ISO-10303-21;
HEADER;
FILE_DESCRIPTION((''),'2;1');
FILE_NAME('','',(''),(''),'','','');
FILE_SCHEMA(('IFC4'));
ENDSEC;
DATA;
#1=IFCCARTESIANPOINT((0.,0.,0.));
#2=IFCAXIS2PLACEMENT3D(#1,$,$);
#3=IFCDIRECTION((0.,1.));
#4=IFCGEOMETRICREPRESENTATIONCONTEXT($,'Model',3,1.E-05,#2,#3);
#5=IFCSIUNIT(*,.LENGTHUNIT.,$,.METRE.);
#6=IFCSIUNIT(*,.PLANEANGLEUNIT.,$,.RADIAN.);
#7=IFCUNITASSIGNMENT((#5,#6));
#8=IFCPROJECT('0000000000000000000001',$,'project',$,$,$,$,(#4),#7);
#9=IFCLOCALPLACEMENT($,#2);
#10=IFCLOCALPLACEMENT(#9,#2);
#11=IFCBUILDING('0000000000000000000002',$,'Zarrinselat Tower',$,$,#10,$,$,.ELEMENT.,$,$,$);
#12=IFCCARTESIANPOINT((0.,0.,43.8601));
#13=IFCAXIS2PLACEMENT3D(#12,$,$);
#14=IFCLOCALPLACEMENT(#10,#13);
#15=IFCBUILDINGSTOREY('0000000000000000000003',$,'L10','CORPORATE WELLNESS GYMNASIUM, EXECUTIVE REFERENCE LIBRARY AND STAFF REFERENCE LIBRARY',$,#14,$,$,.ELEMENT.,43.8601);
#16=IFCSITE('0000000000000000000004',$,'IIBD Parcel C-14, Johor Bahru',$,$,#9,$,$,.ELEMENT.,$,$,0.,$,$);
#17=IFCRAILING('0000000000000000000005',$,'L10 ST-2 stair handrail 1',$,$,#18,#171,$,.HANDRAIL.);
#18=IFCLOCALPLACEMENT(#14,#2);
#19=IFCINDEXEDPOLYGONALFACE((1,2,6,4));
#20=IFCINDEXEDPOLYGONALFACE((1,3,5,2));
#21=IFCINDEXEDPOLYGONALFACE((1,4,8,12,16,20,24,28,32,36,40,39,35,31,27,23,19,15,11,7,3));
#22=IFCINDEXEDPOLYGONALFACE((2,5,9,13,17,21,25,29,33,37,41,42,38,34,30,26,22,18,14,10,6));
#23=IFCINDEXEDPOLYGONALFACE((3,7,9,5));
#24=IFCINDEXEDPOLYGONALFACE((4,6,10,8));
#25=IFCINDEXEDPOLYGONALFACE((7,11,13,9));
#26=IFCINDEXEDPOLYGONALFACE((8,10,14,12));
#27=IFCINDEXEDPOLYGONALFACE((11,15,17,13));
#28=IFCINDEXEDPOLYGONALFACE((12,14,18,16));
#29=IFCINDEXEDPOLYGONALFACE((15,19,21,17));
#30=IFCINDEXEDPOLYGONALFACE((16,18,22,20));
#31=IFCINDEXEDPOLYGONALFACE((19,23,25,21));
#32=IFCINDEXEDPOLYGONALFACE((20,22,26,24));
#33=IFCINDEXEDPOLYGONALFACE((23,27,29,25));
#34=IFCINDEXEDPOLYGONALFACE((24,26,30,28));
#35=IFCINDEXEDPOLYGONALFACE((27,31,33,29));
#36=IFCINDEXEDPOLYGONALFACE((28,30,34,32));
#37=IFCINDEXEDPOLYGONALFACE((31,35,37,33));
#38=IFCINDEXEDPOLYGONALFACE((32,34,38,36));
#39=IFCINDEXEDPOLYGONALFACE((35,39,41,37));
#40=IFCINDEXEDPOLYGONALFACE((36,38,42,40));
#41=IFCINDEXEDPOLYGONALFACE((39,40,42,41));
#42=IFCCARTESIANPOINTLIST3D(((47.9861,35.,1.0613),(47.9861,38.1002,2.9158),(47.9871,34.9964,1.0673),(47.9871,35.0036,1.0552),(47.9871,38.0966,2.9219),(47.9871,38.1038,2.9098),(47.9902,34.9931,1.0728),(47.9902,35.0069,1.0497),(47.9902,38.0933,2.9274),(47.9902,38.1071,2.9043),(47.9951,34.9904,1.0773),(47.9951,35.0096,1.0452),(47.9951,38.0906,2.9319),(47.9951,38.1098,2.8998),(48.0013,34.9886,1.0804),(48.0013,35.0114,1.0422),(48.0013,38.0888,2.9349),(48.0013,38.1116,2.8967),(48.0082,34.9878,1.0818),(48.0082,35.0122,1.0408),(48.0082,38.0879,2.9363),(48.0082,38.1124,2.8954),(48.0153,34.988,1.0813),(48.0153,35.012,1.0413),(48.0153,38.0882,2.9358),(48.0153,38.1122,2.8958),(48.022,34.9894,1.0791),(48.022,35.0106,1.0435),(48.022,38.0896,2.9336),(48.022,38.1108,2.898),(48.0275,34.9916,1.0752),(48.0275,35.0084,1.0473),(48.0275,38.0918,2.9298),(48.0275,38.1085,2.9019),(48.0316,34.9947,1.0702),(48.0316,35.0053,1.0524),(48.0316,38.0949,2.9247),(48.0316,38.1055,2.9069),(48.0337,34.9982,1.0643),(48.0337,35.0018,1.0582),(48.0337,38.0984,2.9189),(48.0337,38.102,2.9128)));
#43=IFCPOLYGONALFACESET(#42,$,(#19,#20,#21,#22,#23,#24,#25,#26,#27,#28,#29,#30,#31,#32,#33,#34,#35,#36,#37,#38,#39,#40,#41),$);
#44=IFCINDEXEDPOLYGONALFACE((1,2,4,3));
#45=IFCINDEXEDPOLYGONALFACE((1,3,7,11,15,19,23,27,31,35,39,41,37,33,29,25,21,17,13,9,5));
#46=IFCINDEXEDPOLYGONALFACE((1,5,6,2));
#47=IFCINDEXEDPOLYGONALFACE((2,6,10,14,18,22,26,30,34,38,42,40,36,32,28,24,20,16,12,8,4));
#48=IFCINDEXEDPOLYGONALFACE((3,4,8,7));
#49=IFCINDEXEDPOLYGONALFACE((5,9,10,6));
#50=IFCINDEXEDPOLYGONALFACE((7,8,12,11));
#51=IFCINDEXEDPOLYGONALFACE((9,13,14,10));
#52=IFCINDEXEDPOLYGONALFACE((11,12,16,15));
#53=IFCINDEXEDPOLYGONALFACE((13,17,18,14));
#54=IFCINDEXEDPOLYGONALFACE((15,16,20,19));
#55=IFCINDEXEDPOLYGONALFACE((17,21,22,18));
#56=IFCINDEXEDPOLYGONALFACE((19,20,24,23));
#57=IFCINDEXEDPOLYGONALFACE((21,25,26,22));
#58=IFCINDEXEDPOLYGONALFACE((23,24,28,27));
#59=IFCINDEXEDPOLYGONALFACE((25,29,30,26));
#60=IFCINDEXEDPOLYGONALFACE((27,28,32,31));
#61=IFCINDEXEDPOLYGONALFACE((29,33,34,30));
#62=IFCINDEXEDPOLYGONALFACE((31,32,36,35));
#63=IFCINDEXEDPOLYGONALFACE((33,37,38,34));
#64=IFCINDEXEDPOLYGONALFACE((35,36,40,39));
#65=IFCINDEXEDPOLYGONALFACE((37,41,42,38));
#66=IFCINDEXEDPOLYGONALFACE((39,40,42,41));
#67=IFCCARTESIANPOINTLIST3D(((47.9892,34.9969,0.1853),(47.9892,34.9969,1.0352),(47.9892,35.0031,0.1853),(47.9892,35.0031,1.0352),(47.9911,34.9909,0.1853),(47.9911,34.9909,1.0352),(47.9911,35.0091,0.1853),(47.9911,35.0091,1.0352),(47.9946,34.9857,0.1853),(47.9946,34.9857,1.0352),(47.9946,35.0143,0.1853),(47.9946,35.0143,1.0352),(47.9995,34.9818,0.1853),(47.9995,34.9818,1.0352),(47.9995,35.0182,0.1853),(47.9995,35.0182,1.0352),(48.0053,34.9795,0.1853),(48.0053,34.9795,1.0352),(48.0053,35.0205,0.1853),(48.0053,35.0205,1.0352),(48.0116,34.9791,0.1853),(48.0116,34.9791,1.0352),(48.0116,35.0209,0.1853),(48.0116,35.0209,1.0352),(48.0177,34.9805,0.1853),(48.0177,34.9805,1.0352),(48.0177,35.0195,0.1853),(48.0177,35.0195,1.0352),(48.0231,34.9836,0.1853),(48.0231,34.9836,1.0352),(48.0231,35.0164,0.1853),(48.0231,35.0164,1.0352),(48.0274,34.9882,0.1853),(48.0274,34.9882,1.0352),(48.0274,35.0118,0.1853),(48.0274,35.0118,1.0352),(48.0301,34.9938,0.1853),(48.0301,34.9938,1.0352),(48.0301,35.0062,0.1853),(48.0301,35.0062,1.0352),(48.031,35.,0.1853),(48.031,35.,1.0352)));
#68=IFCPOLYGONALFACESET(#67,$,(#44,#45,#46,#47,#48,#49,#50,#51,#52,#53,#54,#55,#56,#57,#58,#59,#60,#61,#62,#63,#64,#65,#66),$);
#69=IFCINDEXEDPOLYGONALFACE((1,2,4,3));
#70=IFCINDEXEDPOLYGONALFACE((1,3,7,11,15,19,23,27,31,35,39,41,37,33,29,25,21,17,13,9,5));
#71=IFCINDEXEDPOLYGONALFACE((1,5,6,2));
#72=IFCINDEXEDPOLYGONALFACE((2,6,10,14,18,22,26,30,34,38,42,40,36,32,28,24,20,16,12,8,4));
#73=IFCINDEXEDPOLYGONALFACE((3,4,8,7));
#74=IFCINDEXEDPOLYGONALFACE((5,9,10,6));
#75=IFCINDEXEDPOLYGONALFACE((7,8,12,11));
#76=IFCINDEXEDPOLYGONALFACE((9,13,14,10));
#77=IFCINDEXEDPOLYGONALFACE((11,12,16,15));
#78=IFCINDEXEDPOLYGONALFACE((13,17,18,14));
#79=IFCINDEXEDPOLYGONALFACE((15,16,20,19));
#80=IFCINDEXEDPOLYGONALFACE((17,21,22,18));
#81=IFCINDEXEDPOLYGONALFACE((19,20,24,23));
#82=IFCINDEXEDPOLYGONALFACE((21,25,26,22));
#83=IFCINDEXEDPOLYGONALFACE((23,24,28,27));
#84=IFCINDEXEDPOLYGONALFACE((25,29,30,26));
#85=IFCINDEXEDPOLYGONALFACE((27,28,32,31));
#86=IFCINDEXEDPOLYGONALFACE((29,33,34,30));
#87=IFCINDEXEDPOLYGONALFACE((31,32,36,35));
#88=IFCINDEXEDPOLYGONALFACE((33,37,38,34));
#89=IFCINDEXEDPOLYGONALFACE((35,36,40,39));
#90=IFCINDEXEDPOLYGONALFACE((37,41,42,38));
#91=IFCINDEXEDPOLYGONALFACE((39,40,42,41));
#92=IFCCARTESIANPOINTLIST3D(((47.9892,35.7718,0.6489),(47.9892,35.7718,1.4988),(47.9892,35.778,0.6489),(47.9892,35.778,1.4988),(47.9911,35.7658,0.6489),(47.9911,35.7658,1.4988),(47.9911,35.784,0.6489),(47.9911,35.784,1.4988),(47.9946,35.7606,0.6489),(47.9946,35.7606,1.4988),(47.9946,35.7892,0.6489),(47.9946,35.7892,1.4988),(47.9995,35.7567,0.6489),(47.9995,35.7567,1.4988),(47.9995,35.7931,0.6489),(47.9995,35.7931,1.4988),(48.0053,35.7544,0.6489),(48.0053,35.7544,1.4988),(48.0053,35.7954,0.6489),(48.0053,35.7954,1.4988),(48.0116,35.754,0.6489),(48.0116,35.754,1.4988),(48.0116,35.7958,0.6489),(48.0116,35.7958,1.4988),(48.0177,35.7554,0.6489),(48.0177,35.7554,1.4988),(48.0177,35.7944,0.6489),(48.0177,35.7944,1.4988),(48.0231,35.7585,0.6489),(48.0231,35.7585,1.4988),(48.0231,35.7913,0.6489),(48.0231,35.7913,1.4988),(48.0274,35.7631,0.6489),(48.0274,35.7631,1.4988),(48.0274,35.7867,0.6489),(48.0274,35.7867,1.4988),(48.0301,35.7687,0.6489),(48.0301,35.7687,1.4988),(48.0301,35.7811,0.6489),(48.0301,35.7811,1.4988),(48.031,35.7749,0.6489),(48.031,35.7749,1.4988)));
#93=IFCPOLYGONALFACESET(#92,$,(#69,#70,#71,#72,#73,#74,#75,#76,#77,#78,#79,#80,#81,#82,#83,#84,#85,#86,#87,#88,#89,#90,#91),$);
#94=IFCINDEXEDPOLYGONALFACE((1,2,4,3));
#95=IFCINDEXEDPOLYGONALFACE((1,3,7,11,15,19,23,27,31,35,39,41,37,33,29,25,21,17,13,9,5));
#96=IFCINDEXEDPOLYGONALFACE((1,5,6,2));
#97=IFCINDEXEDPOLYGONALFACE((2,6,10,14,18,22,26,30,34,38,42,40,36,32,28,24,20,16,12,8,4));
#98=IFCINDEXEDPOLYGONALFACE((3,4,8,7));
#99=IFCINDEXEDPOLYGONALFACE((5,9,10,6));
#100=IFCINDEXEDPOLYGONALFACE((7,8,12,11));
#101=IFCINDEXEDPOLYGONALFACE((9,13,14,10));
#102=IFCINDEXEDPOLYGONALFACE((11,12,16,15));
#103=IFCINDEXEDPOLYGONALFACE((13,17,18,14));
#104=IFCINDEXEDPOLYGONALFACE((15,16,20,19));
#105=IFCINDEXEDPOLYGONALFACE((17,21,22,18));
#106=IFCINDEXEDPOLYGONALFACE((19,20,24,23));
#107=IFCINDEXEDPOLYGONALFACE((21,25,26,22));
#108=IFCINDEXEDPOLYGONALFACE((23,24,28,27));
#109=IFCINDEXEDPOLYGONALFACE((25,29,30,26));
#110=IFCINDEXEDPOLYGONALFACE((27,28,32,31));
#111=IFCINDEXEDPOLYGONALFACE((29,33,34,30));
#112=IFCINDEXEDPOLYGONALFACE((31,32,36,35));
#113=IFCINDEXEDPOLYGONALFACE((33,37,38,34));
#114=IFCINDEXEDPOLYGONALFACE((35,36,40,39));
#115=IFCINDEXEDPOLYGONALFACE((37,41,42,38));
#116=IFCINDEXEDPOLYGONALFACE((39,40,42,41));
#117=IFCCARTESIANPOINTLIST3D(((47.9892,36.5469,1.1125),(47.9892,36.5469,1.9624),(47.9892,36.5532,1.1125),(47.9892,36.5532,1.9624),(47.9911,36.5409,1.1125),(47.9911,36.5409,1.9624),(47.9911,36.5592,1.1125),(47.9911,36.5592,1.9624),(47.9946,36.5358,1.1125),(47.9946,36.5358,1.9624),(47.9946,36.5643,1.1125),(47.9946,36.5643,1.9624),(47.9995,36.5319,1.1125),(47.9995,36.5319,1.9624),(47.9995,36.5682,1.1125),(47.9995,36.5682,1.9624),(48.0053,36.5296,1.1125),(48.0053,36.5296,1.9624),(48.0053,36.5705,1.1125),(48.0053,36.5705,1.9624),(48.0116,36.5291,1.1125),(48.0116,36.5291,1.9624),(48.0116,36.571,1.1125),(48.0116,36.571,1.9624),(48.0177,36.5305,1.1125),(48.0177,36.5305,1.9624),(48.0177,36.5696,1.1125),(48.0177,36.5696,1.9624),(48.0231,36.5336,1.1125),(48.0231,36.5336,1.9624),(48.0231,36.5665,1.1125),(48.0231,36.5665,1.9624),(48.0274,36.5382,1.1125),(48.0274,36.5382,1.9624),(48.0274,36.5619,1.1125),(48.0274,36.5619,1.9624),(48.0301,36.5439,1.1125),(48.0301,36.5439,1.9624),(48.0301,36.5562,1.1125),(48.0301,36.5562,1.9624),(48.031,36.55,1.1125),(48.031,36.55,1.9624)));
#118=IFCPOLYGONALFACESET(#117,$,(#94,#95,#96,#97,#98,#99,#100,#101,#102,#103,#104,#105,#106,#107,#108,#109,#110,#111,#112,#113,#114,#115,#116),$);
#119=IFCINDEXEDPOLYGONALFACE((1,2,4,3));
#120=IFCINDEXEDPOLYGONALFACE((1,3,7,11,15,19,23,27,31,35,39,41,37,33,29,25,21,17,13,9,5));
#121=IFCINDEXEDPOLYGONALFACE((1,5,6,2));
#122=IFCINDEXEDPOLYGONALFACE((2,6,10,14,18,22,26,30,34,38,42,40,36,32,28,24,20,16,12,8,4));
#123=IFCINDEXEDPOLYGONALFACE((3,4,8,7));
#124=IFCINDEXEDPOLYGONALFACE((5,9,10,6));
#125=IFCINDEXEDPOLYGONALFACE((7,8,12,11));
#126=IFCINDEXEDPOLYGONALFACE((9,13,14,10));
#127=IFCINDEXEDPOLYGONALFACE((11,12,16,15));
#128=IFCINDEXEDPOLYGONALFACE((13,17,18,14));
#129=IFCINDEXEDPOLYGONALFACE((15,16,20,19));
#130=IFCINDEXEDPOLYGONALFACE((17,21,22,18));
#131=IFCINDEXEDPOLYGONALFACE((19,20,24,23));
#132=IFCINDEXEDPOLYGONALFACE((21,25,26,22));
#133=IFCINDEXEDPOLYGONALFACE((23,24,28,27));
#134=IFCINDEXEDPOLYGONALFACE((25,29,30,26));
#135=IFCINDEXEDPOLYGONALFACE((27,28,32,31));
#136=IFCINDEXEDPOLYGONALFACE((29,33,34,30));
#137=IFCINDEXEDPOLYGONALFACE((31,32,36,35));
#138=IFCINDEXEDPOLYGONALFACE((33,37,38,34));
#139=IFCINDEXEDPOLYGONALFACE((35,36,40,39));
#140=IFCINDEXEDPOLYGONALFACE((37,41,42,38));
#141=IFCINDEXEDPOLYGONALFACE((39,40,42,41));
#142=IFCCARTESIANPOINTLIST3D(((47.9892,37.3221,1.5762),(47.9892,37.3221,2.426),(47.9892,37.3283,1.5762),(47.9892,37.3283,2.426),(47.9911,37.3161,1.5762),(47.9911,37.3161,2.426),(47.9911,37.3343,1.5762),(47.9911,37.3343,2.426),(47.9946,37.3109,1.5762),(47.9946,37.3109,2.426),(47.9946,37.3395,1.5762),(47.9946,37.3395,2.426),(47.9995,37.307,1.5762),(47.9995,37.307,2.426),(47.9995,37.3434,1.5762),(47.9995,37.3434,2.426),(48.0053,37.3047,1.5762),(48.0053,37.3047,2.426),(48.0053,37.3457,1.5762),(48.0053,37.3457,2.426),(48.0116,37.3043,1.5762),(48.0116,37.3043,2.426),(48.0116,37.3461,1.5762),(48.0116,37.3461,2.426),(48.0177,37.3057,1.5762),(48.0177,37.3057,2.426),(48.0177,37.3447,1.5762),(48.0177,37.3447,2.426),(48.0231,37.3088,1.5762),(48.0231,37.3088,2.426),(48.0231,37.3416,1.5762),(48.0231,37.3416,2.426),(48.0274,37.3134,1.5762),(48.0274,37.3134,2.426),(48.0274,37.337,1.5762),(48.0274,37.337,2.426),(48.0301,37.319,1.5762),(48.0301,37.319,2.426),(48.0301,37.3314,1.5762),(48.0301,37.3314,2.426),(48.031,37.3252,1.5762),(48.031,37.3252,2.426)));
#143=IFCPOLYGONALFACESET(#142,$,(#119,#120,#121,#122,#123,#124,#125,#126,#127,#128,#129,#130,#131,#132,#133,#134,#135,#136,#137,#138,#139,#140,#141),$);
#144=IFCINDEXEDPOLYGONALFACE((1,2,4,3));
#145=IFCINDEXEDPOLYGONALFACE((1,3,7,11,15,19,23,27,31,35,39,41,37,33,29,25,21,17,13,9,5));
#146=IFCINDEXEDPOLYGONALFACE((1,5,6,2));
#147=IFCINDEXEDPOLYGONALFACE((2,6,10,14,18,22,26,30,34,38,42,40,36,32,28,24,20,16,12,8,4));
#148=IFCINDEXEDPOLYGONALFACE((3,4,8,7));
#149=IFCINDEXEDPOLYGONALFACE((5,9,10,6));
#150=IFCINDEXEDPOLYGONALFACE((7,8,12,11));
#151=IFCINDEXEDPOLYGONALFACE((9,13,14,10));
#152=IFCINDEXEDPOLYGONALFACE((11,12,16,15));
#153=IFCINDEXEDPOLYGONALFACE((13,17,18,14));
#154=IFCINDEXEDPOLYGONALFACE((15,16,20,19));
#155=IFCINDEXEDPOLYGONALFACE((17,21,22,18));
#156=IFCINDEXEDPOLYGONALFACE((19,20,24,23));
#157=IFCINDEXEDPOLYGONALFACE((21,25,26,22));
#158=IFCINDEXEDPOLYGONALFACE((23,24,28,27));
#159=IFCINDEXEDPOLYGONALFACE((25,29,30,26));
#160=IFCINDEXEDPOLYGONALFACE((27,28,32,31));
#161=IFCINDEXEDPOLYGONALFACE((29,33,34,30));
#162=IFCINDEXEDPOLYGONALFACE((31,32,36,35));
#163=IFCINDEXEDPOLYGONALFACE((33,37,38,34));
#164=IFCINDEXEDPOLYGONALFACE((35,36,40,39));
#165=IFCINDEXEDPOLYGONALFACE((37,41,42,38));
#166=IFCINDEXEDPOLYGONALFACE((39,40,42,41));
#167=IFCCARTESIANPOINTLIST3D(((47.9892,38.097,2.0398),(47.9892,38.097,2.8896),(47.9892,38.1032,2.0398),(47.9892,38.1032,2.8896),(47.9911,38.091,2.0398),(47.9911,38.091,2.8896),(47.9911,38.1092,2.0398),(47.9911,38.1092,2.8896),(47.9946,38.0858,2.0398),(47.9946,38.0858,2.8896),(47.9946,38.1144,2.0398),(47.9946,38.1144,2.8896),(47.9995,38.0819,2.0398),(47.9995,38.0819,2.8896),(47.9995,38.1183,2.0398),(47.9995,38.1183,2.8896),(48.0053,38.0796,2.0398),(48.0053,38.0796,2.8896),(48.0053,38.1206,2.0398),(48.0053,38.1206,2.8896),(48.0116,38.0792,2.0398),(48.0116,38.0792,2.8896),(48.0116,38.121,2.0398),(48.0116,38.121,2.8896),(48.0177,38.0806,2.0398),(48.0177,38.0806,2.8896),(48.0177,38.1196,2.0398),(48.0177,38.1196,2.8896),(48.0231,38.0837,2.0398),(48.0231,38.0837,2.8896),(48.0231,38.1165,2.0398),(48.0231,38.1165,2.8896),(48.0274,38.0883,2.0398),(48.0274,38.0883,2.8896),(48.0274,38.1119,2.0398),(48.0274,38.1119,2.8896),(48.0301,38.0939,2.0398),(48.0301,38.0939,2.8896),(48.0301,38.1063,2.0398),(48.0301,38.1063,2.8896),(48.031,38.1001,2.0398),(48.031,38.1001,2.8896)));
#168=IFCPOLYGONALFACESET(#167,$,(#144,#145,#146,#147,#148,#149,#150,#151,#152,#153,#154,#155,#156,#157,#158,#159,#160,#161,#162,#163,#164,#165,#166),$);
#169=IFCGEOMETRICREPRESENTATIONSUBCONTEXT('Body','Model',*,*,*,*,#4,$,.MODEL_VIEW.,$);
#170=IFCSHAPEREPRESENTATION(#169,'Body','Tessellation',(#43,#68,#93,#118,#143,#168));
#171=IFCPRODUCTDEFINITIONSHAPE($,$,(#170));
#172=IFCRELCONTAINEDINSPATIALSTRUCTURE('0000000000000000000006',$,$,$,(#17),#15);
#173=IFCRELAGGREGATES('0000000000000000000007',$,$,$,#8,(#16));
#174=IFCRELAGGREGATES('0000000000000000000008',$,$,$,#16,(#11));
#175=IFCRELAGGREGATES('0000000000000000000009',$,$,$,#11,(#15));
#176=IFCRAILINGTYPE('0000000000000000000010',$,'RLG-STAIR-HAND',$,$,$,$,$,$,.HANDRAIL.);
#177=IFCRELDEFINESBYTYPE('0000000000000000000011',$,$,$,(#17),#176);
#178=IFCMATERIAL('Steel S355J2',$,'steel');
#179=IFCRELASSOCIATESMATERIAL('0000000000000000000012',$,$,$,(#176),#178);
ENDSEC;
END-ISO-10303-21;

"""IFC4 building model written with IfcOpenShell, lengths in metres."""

from ifc_helpers import new_model, si_unit, direction, frame, origin, origin_2d, place, context, subcontext, project, spatial, circle, extrude, material, type_object, element, save


model = new_model("IFC4")

# Units and contexts
model_context = context("Model", 3, precision=1e-05, world=origin(), true_north=direction((0.0, 1.0)))
body_context = subcontext(model_context, "Body", "Model", "MODEL_VIEW")
ifc_project = project(units=[si_unit("LENGTHUNIT", "METRE"), si_unit("PLANEANGLEUNIT", "RADIAN")], contexts=[model_context])

# Site, building, storey
site_placement = place(None, origin())
site = spatial("IfcSite", under=ifc_project, at=site_placement, Name="IIBD Parcel C-14, Johor Bahru", CompositionType="ELEMENT", RefElevation=0.0)
building_placement = place(site_placement, origin())
building = spatial("IfcBuilding", under=site, at=building_placement, Name="Zarrinselat Tower", CompositionType="ELEMENT")
storey_placement = place(building_placement, frame((0.0, 0.0, 43.8601)))
storey = spatial("IfcBuildingStorey", under=building, at=storey_placement, Name="L10", Description="CORPORATE WELLNESS GYMNASIUM, EXECUTIVE REFERENCE LIBRARY AND STAFF REFERENCE LIBRARY", CompositionType="ELEMENT", Elevation=43.8601)

# Railing
ifc_material_1 = material(Name="Steel S355J2", Category="steel")
railing_type_1 = type_object("IfcRailingType", Name="RLG-STAIR-HAND", PredefinedType="HANDRAIL", material=ifc_material_1)
railing_1_placement = place(storey_placement, frame((48.01, 35.0, 0.1853)))
element("IfcRailing", 1, at=railing_1_placement, inside=storey, type_object=railing_type_1, Name="L10 ST-2 stair handrail 1", PredefinedType="HANDRAIL", context=body_context, shape_type="SweptSolid", body=[
    extrude(circle(Radius=0.0239, at=origin_2d()), frame((0.0, 0.0, 0.876), z_axis=(0.0, 0.858172, 0.513362), x_axis=(-1.0, 0.0, 0.0)), (0.0, 0.0, 1.0), 3.6125),
    extrude(circle(Radius=0.021, at=origin_2d()), origin(), (0.0, 0.0, 1.0), 0.8499),
    extrude(circle(Radius=0.021, at=origin_2d()), frame((0.0, 0.7749, 0.4636)), (0.0, 0.0, 1.0), 0.8499),
    extrude(circle(Radius=0.021, at=origin_2d()), frame((0.0, 1.55, 0.9272)), (0.0, 0.0, 1.0), 0.8499),
    extrude(circle(Radius=0.021, at=origin_2d()), frame((0.0, 2.3252, 1.3909)), (0.0, 0.0, 1.0), 0.8499),
    extrude(circle(Radius=0.021, at=origin_2d()), frame((0.0, 3.1001, 1.8545)), (0.0, 0.0, 1.0), 0.8499),
])

save(model, "model.ifc")
